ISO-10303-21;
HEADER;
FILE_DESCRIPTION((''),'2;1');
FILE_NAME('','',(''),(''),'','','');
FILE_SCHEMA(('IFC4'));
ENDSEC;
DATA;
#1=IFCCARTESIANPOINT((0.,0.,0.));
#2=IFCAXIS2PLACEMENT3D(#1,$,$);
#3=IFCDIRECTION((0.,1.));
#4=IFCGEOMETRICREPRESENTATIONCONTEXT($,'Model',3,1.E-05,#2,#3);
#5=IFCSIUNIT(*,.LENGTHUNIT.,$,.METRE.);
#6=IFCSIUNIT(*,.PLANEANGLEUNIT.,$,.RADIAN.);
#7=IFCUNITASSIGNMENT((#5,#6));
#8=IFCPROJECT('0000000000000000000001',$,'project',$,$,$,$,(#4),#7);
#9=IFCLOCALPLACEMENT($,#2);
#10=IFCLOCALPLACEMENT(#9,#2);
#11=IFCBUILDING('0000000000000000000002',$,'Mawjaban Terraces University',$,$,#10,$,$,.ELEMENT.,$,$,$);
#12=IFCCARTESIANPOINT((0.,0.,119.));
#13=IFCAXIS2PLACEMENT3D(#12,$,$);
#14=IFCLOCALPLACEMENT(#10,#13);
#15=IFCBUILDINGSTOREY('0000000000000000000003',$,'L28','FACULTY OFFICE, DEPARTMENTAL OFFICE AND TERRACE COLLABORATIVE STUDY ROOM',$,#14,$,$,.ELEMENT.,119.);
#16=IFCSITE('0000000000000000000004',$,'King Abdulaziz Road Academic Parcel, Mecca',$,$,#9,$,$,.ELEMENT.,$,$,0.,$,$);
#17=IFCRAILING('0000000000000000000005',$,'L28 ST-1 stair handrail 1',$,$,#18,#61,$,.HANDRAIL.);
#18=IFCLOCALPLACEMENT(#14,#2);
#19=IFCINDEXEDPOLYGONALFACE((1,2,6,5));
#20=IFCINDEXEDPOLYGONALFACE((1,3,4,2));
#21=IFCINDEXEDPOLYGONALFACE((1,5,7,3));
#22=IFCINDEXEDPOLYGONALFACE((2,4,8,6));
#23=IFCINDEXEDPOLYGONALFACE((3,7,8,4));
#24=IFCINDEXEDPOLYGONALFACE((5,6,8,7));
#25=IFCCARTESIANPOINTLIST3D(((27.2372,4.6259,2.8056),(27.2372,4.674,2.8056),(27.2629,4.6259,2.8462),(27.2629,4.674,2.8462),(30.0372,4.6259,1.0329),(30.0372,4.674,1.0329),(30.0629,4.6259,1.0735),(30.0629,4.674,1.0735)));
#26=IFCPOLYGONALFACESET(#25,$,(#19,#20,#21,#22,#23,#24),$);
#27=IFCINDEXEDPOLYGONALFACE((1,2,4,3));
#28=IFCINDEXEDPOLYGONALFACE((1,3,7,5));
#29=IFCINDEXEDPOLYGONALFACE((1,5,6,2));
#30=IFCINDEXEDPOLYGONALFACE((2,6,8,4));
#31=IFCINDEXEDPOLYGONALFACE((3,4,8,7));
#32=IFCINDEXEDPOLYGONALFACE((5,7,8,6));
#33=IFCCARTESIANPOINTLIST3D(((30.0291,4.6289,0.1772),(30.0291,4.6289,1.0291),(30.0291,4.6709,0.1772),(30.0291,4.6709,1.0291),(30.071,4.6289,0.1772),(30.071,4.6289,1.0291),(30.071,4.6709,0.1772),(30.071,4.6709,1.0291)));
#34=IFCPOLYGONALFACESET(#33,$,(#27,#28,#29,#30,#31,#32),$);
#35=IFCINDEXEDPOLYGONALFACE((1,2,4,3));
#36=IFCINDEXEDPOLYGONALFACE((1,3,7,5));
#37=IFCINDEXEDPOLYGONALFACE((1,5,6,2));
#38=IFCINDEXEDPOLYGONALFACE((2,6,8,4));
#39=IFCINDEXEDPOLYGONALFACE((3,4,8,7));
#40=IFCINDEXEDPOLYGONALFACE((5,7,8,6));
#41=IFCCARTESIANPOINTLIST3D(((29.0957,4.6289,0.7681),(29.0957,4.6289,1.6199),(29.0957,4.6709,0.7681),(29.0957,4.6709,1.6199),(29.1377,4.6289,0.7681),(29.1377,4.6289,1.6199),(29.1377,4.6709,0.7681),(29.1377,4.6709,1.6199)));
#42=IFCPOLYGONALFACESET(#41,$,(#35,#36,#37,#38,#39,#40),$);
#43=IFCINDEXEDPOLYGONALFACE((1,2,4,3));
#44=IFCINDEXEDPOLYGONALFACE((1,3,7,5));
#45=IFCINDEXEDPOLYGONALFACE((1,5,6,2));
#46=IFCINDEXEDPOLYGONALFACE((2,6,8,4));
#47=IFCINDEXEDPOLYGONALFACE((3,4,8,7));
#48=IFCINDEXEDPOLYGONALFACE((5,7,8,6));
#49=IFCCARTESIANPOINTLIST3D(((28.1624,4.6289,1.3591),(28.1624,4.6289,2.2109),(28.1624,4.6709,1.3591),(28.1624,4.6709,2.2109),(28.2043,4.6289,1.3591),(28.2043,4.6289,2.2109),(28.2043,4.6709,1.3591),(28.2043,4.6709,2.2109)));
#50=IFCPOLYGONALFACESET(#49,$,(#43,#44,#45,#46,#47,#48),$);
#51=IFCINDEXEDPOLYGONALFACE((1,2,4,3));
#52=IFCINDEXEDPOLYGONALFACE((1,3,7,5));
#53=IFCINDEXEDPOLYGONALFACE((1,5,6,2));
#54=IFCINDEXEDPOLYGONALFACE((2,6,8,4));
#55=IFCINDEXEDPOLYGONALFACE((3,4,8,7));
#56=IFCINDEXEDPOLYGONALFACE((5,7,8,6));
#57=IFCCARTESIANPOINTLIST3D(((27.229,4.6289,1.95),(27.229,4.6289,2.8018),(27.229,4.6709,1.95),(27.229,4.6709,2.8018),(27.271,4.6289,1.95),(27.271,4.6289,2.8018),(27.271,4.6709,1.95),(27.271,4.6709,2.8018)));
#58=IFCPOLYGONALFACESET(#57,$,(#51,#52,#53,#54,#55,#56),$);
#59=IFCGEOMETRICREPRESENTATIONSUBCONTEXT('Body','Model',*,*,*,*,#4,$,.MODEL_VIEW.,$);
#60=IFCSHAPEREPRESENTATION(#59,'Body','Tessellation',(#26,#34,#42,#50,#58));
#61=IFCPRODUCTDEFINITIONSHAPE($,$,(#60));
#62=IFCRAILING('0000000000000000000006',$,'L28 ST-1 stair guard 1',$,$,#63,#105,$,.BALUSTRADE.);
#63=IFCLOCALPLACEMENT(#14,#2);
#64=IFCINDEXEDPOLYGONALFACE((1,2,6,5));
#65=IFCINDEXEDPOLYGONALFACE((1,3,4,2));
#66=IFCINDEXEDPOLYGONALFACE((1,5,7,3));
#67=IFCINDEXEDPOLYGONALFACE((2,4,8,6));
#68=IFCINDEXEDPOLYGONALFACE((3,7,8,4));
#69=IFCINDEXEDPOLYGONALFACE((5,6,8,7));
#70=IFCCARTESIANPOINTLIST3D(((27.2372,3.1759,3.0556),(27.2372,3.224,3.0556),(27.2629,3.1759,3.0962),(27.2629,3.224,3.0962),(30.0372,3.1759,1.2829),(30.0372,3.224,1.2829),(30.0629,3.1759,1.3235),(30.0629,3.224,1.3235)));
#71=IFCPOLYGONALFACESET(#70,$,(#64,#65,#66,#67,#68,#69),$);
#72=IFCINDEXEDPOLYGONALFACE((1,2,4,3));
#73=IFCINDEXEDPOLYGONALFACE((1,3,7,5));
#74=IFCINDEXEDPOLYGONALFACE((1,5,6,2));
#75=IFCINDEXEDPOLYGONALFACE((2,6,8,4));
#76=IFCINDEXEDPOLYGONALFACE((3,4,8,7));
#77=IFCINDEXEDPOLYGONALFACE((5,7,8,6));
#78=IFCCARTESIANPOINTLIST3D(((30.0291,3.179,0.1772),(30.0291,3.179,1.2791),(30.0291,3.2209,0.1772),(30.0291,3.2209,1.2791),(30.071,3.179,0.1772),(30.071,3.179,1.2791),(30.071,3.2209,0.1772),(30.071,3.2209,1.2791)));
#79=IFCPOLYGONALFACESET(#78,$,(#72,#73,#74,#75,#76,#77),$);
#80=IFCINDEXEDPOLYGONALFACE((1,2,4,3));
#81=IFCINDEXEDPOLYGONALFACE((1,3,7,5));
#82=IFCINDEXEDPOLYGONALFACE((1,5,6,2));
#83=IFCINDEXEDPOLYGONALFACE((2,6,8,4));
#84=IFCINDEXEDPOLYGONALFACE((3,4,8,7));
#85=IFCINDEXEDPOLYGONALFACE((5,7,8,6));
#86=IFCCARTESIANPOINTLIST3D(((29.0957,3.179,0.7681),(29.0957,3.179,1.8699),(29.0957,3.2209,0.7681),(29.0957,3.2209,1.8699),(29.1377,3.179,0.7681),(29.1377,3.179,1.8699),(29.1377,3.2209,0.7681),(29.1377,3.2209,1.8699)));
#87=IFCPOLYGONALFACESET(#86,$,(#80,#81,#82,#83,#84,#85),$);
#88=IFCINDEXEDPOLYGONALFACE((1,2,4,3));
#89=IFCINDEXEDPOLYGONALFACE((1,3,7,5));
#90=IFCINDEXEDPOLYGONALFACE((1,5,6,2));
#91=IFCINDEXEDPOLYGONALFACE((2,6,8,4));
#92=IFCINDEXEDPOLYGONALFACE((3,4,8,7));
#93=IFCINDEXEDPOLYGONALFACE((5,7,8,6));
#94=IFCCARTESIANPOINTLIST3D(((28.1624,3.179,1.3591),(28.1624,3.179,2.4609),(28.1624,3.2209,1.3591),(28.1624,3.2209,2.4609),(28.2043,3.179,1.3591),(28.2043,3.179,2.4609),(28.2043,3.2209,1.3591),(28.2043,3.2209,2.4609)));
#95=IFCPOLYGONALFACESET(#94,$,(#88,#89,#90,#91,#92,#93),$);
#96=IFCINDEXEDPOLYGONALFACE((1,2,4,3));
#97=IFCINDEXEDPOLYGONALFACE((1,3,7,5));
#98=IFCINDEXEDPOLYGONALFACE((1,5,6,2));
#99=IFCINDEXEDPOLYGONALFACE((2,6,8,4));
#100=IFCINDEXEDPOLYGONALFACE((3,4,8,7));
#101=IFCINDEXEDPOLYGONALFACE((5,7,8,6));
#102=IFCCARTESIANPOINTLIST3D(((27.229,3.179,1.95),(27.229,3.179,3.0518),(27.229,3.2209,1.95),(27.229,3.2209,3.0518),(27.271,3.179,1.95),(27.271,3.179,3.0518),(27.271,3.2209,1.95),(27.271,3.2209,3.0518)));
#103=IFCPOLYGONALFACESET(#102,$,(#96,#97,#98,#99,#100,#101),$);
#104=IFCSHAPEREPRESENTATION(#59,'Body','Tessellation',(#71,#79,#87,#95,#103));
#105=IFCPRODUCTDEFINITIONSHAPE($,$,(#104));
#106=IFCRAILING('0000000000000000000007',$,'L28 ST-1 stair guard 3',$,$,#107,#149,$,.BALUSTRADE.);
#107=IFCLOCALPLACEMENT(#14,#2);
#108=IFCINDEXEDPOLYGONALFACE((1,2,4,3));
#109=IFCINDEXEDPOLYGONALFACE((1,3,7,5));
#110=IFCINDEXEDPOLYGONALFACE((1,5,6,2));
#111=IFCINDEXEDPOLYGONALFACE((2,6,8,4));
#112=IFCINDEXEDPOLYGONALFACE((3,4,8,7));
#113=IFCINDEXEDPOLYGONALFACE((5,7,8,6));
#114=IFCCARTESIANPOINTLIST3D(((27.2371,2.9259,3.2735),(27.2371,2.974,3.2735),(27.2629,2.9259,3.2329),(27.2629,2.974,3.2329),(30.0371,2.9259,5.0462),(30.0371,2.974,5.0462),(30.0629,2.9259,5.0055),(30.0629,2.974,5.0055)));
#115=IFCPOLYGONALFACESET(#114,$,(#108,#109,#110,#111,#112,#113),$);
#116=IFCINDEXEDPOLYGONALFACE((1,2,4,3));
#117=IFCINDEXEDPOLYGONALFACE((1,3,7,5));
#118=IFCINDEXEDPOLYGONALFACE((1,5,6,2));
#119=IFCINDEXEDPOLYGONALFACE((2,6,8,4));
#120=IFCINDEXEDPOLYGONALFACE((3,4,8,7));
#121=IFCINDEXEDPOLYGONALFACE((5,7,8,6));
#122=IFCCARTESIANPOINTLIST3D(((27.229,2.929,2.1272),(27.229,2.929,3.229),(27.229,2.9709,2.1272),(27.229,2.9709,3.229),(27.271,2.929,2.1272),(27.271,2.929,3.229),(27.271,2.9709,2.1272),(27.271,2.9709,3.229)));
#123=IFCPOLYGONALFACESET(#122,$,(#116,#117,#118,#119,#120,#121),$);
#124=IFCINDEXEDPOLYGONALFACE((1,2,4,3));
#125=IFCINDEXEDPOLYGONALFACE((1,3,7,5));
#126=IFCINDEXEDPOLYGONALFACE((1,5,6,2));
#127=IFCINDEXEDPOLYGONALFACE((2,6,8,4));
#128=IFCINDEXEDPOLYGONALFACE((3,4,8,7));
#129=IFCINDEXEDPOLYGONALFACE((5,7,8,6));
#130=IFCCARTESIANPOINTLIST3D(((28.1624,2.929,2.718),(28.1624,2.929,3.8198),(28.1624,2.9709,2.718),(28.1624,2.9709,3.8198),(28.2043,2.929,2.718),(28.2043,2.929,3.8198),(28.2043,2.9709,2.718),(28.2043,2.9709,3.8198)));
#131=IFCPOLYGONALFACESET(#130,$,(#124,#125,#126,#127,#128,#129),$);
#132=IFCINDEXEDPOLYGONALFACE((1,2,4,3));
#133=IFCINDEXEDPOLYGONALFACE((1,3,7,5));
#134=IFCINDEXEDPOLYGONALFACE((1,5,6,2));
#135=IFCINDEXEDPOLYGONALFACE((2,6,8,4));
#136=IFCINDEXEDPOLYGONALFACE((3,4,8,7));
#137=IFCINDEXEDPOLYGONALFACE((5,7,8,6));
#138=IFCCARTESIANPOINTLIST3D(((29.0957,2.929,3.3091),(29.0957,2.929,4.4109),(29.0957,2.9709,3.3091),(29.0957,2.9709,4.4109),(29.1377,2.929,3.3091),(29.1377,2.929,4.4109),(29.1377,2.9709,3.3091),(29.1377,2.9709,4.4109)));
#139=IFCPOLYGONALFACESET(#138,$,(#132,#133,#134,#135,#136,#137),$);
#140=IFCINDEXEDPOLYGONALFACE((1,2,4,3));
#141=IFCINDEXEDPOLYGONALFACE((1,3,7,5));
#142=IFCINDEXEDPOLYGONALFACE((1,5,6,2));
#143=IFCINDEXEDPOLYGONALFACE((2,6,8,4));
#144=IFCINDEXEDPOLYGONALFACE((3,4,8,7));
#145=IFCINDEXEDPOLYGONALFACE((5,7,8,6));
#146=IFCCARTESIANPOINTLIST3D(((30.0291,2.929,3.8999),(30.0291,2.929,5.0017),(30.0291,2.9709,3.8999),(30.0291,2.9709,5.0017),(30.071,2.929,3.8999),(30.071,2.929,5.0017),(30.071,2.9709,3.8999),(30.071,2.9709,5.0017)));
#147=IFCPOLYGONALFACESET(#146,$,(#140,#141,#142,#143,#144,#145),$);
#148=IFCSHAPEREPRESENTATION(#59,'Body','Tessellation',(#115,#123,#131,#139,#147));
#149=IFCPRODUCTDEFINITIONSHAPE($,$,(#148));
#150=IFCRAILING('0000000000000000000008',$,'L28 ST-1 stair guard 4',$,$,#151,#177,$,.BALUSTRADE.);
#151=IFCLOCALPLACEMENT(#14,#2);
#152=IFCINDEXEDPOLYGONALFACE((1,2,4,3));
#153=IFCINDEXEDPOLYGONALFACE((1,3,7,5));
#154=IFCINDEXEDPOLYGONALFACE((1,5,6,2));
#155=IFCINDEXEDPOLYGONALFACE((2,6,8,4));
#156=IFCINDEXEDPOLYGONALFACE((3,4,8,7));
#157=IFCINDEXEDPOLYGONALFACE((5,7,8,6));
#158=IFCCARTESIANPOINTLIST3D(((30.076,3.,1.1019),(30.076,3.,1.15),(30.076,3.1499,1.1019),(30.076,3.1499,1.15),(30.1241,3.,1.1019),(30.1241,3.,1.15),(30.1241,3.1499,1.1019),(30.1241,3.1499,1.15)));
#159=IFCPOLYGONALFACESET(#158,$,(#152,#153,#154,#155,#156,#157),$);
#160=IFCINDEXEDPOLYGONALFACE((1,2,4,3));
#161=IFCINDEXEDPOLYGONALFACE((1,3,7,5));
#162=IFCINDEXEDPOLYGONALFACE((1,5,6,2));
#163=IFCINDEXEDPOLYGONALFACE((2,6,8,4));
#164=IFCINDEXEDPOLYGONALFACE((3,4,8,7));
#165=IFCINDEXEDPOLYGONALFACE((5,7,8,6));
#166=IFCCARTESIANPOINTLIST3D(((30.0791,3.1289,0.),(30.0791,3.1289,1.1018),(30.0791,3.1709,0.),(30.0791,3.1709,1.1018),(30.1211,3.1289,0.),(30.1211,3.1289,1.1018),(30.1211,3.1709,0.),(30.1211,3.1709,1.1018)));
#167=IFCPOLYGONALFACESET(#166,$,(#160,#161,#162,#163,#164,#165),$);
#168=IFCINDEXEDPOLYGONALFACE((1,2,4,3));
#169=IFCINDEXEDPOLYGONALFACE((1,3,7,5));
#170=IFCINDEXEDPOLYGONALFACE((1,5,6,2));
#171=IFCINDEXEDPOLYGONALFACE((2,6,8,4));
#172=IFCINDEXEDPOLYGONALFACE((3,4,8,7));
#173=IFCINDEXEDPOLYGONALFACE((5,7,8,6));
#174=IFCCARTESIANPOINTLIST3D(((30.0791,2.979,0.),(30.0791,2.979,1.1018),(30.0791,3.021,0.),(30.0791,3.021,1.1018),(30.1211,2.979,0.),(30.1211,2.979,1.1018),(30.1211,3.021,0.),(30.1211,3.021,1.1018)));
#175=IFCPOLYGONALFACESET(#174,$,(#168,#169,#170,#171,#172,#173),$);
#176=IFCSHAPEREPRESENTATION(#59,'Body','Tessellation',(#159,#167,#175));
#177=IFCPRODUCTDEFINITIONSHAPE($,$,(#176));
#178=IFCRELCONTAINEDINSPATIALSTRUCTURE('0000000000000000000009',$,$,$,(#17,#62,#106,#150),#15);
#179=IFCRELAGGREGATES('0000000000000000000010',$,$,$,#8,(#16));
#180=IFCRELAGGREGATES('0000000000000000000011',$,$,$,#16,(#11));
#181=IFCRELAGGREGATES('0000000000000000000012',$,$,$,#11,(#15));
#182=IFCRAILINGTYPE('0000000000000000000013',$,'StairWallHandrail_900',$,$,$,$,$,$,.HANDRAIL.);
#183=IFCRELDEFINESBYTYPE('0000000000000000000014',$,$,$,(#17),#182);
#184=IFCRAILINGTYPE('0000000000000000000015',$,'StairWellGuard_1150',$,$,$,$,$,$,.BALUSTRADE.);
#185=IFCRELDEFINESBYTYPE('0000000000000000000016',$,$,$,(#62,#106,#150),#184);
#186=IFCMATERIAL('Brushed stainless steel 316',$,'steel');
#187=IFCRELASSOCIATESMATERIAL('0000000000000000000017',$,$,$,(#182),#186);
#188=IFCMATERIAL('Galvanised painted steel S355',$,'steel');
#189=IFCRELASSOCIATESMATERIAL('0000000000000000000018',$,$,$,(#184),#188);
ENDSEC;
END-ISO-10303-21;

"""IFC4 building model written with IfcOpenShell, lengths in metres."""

from ifc_helpers import new_model, si_unit, direction, frame, origin, origin_2d, place, context, subcontext, project, spatial, rectangle, extrude, material, type_object, element, save


model = new_model("IFC4")

# Units and contexts
model_context = context("Model", 3, precision=1e-05, world=origin(), true_north=direction((0.0, 1.0)))
body_context = subcontext(model_context, "Body", "Model", "MODEL_VIEW")
ifc_project = project(units=[si_unit("LENGTHUNIT", "METRE"), si_unit("PLANEANGLEUNIT", "RADIAN")], contexts=[model_context])

# Site, building, storey
site_placement = place(None, origin())
site = spatial("IfcSite", under=ifc_project, at=site_placement, Name="King Abdulaziz Road Academic Parcel, Mecca", CompositionType="ELEMENT", RefElevation=0.0)
building_placement = place(site_placement, origin())
building = spatial("IfcBuilding", under=site, at=building_placement, Name="Mawjaban Terraces University", CompositionType="ELEMENT")
storey_placement = place(building_placement, frame((0.0, 0.0, 119.0)))
storey = spatial("IfcBuildingStorey", under=building, at=storey_placement, Name="L28", Description="FACULTY OFFICE, DEPARTMENTAL OFFICE AND TERRACE COLLABORATIVE STUDY ROOM", CompositionType="ELEMENT", Elevation=119.0)

# Railings
ifc_material_1 = material(Name="Brushed stainless steel 316", Category="steel")
railing_type_1 = type_object("IfcRailingType", Name="StairWallHandrail_900", PredefinedType="HANDRAIL", material=ifc_material_1)
railing_1_placement = place(storey_placement, frame((30.05, 4.6499, 0.1772)))
element("IfcRailing", 1, at=railing_1_placement, inside=storey, type_object=railing_type_1, Name="L28 ST-1 stair handrail 1", PredefinedType="HANDRAIL", context=body_context, shape_type="SweptSolid", body=[
    extrude(rectangle(XDim=0.0481, YDim=0.0481, at=origin_2d()), frame((0.0, 0.0, 0.876), z_axis=(-0.844909, 0.0, 0.53491), x_axis=(0.0, -1.0, 0.0)), (0.0, 0.0, 1.0), 3.314),
    extrude(rectangle(XDim=0.042, YDim=0.042, at=origin_2d()), origin(), (0.0, 0.0, 1.0), 0.8518),
    extrude(rectangle(XDim=0.042, YDim=0.042, at=origin_2d()), frame((-0.9333, 0.0, 0.5908)), (0.0, 0.0, 1.0), 0.8518),
    extrude(rectangle(XDim=0.042, YDim=0.042, at=origin_2d()), frame((-1.8667, 0.0, 1.1819)), (0.0, 0.0, 1.0), 0.8518),
    extrude(rectangle(XDim=0.042, YDim=0.042, at=origin_2d()), frame((-2.8, 0.0, 1.7727)), (0.0, 0.0, 1.0), 0.8518),
])
ifc_material_2 = material(Name="Galvanised painted steel S355", Category="steel")
railing_type_2 = type_object("IfcRailingType", Name="StairWellGuard_1150", PredefinedType="BALUSTRADE", material=ifc_material_2)
railing_2_placement = place(storey_placement, frame((30.05, 3.2, 0.1772)))
element("IfcRailing", 2, at=railing_2_placement, inside=storey, type_object=railing_type_2, Name="L28 ST-1 stair guard 1", PredefinedType="BALUSTRADE", context=body_context, shape_type="SweptSolid", body=[
    extrude(rectangle(XDim=0.0481, YDim=0.0481, at=origin_2d()), frame((0.0, 0.0, 1.126), z_axis=(-0.844909, 0.0, 0.53491), x_axis=(0.0, -1.0, 0.0)), (0.0, 0.0, 1.0), 3.314),
    extrude(rectangle(XDim=0.042, YDim=0.042, at=origin_2d()), origin(), (0.0, 0.0, 1.0), 1.1018),
    extrude(rectangle(XDim=0.042, YDim=0.042, at=origin_2d()), frame((-0.9333, 0.0, 0.5908)), (0.0, 0.0, 1.0), 1.1018),
    extrude(rectangle(XDim=0.042, YDim=0.042, at=origin_2d()), frame((-1.8667, 0.0, 1.1819)), (0.0, 0.0, 1.0), 1.1018),
    extrude(rectangle(XDim=0.042, YDim=0.042, at=origin_2d()), frame((-2.8, 0.0, 1.7727)), (0.0, 0.0, 1.0), 1.1018),
])
railing_3_placement = place(storey_placement, frame((27.25, 2.95, 2.1272)))
element("IfcRailing", 3, at=railing_3_placement, inside=storey, type_object=railing_type_2, Name="L28 ST-1 stair guard 3", PredefinedType="BALUSTRADE", context=body_context, shape_type="SweptSolid", body=[
    extrude(rectangle(XDim=0.0481, YDim=0.0481, at=origin_2d()), frame((0.0, 0.0, 1.126), z_axis=(0.844909, 0.0, 0.53491), x_axis=(0.0, 1.0, 0.0)), (0.0, 0.0, 1.0), 3.314),
    extrude(rectangle(XDim=0.042, YDim=0.042, at=origin_2d()), origin(), (0.0, 0.0, 1.0), 1.1018),
    extrude(rectangle(XDim=0.042, YDim=0.042, at=origin_2d()), frame((0.9333, 0.0, 0.5908)), (0.0, 0.0, 1.0), 1.1018),
    extrude(rectangle(XDim=0.042, YDim=0.042, at=origin_2d()), frame((1.8667, 0.0, 1.1819)), (0.0, 0.0, 1.0), 1.1018),
    extrude(rectangle(XDim=0.042, YDim=0.042, at=origin_2d()), frame((2.8, 0.0, 1.7727)), (0.0, 0.0, 1.0), 1.1018),
])
railing_4_placement = place(storey_placement, frame((30.1001, 3.1499, 0.0)))
element("IfcRailing", 4, at=railing_4_placement, inside=storey, type_object=railing_type_2, Name="L28 ST-1 stair guard 4", PredefinedType="BALUSTRADE", context=body_context, shape_type="SweptSolid", body=[
    extrude(rectangle(XDim=0.0481, YDim=0.0481, at=origin_2d()), frame((0.0, 0.0, 1.126), z_axis=(0.0, -1.0, 0.0), x_axis=(1.0, 0.0, 0.0)), (0.0, 0.0, 1.0), 0.1499),
    extrude(rectangle(XDim=0.042, YDim=0.042, at=origin_2d()), origin(), (0.0, 0.0, 1.0), 1.1018),
    extrude(rectangle(XDim=0.042, YDim=0.042, at=origin_2d()), frame((0.0, -0.1499, 0.0)), (0.0, 0.0, 1.0), 1.1018),
])

save(model, "model.ifc")
